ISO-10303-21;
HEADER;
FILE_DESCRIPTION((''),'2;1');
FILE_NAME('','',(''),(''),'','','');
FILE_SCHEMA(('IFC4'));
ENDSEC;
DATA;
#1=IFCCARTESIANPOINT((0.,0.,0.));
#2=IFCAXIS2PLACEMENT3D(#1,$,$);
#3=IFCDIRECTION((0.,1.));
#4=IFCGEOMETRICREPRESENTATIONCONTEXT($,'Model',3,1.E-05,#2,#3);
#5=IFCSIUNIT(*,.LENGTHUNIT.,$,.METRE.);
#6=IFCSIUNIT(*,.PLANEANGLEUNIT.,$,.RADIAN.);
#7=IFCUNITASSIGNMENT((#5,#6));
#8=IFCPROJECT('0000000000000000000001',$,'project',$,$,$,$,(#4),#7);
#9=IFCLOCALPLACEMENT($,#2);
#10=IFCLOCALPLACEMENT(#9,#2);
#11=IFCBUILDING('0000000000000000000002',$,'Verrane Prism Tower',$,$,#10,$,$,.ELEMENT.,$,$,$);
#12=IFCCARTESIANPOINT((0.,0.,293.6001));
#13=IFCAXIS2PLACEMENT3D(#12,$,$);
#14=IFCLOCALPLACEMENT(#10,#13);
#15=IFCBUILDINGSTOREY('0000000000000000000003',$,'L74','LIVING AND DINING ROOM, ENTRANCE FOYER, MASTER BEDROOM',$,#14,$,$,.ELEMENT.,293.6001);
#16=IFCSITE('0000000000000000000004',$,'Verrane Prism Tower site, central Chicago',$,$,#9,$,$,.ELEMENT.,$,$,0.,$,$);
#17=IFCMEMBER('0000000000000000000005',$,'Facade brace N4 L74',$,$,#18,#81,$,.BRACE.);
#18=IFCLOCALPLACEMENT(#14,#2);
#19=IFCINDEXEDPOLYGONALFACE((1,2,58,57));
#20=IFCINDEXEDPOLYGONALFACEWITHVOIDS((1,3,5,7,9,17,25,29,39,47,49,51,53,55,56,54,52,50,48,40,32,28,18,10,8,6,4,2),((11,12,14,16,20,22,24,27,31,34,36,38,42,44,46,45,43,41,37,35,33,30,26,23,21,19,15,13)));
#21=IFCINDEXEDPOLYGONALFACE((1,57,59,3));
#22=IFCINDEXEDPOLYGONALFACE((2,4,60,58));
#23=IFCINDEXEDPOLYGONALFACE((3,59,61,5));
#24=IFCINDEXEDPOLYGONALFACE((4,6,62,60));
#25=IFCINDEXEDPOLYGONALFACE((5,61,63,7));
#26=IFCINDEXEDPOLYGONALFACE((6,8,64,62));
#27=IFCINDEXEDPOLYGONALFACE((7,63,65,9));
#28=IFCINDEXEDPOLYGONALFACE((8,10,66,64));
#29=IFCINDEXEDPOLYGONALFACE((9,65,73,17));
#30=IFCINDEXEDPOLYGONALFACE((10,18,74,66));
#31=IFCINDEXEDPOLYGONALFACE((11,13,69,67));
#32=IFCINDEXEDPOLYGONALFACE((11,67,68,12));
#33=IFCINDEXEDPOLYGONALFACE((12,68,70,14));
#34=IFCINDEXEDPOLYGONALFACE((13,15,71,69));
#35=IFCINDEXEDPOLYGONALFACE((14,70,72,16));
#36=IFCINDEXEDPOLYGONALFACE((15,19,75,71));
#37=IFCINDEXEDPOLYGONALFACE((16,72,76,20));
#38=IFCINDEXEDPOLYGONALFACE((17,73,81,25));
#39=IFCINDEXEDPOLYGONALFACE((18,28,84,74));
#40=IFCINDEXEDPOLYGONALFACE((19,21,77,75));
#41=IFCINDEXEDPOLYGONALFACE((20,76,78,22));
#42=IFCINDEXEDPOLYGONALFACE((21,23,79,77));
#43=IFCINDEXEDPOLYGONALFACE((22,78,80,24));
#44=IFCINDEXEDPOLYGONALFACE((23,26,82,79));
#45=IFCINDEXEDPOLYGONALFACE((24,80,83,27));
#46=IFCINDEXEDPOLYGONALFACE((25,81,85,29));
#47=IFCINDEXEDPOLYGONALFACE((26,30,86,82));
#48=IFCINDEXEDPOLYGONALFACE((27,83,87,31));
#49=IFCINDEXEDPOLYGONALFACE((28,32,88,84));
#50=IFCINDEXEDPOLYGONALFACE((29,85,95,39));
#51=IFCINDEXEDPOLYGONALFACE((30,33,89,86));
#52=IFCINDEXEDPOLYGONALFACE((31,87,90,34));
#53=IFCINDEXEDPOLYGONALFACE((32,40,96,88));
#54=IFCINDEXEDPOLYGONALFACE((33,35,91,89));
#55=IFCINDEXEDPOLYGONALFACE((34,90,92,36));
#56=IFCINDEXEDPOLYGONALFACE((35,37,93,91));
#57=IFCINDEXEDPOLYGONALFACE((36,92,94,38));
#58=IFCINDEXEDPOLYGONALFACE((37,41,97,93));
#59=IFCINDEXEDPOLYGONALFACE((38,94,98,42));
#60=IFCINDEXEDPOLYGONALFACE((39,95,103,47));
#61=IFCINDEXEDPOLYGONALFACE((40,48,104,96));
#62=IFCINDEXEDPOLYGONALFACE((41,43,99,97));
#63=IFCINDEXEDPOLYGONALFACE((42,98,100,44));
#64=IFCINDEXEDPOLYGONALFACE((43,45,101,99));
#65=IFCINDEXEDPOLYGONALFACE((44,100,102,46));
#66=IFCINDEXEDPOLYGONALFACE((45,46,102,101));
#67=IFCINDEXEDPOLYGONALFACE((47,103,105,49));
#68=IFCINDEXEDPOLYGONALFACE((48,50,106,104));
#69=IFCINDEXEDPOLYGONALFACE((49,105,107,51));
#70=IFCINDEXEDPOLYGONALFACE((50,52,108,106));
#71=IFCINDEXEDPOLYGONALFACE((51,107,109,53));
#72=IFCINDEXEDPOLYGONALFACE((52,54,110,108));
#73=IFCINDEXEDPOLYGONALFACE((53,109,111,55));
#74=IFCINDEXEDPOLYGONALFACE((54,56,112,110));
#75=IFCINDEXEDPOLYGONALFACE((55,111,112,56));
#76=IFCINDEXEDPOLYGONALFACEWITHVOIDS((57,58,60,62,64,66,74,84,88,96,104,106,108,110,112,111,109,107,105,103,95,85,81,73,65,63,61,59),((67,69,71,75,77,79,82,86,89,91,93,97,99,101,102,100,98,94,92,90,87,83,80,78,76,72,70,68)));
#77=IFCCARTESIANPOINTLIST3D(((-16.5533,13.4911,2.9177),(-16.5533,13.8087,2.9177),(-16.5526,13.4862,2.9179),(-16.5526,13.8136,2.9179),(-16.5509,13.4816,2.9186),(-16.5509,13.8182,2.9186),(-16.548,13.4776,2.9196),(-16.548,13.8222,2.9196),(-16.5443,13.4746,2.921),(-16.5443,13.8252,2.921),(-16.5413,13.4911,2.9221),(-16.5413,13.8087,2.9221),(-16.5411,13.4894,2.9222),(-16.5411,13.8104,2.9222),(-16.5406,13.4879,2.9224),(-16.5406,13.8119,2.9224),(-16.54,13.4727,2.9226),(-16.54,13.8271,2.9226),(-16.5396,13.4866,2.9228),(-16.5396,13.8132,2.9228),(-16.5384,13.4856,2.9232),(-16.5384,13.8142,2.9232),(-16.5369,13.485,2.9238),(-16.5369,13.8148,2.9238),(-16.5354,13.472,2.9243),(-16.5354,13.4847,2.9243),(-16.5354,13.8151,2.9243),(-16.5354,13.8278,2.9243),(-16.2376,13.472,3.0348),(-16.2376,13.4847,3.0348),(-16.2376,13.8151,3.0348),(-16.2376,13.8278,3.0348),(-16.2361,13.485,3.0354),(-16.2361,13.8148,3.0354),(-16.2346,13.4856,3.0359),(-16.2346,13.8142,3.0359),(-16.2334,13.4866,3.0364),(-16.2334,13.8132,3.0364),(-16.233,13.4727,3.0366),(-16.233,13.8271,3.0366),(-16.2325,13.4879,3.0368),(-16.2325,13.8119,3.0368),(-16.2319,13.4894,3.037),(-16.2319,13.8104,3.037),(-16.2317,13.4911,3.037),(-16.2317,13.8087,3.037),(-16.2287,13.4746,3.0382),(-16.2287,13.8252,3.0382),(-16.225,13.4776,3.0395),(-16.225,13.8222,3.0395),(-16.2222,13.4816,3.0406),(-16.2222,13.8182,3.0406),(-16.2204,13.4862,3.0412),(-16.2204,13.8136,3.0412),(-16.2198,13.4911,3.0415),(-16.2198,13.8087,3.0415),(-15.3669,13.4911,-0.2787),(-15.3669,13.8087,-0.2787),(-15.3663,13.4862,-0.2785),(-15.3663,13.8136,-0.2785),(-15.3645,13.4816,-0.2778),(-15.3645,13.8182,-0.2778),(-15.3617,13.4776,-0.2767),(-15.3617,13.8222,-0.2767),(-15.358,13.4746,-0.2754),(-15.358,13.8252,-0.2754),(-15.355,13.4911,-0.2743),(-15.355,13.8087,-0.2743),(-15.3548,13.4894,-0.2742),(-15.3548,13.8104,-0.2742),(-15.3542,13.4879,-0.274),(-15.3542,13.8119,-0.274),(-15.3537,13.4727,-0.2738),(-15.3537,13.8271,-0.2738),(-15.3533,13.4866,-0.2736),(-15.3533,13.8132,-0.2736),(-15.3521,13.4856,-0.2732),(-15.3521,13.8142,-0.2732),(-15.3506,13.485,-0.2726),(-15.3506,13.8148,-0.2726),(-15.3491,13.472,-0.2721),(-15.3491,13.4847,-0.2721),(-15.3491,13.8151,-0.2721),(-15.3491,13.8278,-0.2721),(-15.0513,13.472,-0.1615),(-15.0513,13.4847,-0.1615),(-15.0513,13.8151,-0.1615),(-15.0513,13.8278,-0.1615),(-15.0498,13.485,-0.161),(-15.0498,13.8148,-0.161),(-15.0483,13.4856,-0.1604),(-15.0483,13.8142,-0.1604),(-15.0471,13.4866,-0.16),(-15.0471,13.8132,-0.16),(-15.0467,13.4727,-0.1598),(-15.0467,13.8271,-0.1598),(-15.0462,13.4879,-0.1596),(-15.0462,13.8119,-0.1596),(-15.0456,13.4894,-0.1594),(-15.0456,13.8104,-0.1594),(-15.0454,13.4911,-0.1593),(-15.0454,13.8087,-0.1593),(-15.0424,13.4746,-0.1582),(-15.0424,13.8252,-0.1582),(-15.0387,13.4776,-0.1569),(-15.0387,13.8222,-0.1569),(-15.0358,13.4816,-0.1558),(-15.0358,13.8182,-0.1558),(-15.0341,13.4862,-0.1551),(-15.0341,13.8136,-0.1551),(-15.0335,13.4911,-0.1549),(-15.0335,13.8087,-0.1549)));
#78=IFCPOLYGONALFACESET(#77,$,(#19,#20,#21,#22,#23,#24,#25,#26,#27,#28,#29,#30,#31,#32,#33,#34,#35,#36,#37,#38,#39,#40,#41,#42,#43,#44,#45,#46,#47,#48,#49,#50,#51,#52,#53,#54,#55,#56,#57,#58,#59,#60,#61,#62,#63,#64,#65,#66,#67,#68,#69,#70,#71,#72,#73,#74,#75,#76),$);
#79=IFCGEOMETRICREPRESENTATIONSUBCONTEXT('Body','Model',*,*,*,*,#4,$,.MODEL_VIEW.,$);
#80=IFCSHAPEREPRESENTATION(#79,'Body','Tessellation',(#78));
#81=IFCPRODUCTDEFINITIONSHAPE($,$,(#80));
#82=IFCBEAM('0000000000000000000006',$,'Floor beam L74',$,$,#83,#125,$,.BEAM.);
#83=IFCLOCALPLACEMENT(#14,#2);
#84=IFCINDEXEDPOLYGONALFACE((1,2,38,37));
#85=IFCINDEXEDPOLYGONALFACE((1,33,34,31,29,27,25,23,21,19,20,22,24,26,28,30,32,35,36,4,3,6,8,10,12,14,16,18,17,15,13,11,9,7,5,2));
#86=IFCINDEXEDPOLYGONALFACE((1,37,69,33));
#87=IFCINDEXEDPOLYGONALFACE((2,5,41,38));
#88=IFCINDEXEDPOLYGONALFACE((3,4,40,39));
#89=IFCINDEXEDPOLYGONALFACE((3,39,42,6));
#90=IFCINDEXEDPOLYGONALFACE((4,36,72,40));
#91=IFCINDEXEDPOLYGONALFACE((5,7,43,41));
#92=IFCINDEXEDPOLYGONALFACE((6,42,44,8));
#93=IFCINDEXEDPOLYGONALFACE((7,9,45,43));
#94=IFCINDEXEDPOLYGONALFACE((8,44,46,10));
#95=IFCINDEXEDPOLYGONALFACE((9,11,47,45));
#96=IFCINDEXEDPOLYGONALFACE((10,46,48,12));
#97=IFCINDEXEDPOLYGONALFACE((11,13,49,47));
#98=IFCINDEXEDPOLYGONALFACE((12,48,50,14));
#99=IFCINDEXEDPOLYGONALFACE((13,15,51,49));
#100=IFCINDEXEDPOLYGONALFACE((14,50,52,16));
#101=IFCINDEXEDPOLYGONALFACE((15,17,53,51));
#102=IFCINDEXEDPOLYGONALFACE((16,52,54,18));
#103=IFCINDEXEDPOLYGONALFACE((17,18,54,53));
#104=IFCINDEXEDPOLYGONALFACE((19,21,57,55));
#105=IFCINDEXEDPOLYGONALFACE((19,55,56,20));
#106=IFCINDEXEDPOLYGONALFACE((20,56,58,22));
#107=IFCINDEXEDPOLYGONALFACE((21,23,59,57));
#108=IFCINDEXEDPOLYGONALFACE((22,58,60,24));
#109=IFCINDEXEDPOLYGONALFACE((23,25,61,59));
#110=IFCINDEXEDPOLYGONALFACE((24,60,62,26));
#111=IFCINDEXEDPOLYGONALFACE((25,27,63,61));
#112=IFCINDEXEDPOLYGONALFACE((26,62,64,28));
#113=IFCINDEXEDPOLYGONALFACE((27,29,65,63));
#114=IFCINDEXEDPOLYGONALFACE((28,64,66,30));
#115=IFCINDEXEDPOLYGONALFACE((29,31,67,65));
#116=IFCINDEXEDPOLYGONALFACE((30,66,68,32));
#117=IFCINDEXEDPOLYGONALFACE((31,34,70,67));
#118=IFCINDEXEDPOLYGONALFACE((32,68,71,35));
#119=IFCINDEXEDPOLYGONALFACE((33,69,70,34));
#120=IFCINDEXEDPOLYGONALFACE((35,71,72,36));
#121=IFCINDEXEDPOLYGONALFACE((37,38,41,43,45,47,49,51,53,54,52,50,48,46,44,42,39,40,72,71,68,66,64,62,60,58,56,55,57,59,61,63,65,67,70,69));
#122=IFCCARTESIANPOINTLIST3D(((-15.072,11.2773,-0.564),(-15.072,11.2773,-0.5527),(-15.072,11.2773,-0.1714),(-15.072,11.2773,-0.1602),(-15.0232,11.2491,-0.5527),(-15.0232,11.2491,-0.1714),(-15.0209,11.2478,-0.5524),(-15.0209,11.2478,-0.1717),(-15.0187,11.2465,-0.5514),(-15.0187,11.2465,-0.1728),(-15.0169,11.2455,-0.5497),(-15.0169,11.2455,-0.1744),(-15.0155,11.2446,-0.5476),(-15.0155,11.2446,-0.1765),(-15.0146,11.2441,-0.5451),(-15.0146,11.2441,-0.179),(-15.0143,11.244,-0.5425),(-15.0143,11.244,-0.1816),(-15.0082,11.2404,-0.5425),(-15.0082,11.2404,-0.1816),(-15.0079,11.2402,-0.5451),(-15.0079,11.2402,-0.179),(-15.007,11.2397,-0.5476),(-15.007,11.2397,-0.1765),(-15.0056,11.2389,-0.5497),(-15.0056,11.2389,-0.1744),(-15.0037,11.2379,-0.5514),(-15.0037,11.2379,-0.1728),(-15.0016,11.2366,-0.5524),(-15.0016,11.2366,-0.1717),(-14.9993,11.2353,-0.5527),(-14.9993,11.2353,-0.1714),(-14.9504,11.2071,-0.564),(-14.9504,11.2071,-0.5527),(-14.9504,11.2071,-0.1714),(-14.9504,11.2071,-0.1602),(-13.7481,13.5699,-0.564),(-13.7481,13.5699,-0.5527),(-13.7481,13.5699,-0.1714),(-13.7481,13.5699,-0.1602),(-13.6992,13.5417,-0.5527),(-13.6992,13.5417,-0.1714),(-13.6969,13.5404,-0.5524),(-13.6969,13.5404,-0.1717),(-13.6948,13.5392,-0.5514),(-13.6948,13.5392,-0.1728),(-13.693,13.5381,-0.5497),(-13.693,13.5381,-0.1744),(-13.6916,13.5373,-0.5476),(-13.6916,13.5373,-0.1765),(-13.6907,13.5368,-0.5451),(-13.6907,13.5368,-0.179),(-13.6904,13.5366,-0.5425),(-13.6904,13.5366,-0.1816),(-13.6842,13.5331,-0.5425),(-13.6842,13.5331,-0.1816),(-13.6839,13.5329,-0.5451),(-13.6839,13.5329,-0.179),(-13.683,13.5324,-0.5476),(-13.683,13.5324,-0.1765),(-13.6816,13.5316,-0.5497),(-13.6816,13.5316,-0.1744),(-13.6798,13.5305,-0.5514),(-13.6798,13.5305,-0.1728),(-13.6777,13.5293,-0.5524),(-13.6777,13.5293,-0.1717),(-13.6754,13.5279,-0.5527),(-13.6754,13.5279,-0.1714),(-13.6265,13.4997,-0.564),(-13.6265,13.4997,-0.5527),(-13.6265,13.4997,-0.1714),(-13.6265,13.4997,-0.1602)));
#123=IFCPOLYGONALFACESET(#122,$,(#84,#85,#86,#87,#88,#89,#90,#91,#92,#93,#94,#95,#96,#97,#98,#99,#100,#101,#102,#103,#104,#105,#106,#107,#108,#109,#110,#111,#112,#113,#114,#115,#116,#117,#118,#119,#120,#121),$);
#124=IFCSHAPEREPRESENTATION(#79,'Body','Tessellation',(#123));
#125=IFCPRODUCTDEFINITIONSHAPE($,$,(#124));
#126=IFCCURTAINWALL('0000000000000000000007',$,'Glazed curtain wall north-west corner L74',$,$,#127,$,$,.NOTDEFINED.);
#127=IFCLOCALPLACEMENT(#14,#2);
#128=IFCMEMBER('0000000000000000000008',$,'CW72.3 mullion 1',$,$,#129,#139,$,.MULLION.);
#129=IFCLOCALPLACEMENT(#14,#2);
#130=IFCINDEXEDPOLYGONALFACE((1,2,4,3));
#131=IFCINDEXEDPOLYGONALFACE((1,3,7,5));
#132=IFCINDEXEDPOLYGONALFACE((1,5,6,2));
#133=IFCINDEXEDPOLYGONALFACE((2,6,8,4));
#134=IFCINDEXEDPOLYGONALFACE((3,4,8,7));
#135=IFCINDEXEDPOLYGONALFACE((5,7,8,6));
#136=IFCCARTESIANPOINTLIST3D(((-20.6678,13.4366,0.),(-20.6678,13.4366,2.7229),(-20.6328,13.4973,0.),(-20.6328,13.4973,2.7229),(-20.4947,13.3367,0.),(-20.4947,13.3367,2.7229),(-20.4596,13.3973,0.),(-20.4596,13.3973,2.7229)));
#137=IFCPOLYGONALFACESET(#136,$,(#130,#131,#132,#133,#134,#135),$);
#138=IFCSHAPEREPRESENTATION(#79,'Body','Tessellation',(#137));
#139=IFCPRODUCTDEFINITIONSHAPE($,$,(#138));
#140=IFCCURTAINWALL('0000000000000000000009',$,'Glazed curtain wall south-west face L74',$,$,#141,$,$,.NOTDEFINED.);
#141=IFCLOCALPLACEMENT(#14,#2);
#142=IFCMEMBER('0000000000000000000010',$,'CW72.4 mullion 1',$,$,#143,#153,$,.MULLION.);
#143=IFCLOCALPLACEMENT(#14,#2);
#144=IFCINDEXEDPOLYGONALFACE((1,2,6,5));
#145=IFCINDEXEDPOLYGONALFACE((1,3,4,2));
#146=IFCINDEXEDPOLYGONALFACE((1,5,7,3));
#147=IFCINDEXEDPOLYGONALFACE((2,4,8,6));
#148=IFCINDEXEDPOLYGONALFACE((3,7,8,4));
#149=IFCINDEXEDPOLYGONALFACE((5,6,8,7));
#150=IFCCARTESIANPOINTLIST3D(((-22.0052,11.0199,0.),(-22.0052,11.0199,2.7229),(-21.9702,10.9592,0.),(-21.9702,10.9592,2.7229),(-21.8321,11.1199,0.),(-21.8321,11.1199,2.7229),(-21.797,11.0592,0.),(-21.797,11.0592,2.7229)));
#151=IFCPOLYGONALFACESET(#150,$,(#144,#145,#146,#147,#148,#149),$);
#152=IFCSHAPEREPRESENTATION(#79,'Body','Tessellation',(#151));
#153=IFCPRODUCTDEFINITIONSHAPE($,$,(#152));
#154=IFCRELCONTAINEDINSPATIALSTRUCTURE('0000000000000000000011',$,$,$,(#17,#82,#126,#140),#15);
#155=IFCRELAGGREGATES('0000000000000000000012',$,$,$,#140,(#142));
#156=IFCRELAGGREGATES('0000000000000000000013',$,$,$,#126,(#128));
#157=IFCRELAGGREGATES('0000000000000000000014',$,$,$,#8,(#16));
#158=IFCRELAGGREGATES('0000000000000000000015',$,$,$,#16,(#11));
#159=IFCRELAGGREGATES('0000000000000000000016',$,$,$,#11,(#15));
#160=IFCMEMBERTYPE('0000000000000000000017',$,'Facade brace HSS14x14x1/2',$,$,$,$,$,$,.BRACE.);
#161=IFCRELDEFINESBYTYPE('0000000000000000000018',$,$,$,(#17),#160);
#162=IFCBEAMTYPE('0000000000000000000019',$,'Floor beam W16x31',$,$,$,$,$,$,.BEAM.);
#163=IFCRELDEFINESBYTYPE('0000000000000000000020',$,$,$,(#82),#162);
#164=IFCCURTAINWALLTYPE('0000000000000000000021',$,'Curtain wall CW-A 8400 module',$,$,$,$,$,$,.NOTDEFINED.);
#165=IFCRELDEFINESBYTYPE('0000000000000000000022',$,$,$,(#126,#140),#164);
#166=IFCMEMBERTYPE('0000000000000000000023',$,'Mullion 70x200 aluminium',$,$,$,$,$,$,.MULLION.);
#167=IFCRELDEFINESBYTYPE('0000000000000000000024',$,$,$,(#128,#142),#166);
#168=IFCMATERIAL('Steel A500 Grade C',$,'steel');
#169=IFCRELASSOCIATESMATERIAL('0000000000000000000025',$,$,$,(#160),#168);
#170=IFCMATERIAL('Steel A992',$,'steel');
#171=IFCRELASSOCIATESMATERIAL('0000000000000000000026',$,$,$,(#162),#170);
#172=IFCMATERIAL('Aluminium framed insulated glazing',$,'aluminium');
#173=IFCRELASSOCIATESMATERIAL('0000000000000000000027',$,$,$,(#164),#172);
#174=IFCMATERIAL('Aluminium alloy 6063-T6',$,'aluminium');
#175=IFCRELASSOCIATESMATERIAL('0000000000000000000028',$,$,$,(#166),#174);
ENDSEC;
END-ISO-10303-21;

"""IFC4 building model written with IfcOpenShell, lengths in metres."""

from ifc_helpers import new_model, si_unit, direction, frame, origin, origin_2d, place, context, subcontext, project, spatial, rectangle, hollow_rectangle, i_section, extrude, material, material_profile, profile_set, type_object, element, aggregate, save


model = new_model("IFC4")

# Units and contexts
model_context = context("Model", 3, precision=1e-05, world=origin(), true_north=direction((0.0, 1.0)))
body_context = subcontext(model_context, "Body", "Model", "MODEL_VIEW")
ifc_project = project(units=[si_unit("LENGTHUNIT", "METRE"), si_unit("PLANEANGLEUNIT", "RADIAN")], contexts=[model_context])

# Site, building, storey
site_placement = place(None, origin())
site = spatial("IfcSite", under=ifc_project, at=site_placement, Name="Verrane Prism Tower site, central Chicago", CompositionType="ELEMENT", RefElevation=0.0)
building_placement = place(site_placement, origin())
building = spatial("IfcBuilding", under=site, at=building_placement, Name="Verrane Prism Tower", CompositionType="ELEMENT")
storey_placement = place(building_placement, frame((0.0, 0.0, 293.6001)))
storey = spatial("IfcBuildingStorey", under=building, at=storey_placement, Name="L74", Description="LIVING AND DINING ROOM, ENTRANCE FOYER, MASTER BEDROOM", CompositionType="ELEMENT", Elevation=293.6001)

# Member
ifc_material_1 = material(Name="Steel A500 Grade C", Category="steel")
ifc_material_profile_1 = material_profile(ifc_material_1, hollow_rectangle(XDim=0.3557, YDim=0.3557, WallThickness=0.0127, InnerFilletRadius=0.0063, OuterFilletRadius=0.019, at=origin_2d()), Name="HSS14x14x1/2")
ifc_profile_set_1 = profile_set([ifc_material_profile_1], Name="Steel A500 Grade C")
member_type_1 = type_object("IfcMemberType", Name="Facade brace HSS14x14x1/2", PredefinedType="BRACE", material=ifc_profile_set_1)
member_1_placement = place(storey_placement, frame((-15.2002, 13.6499, -0.2168), z_axis=(-0.347951, 0.0, 0.937513), x_axis=(0.0, -1.0, 0.0)))
element("IfcMember", 1, at=member_1_placement, inside=storey, type_object=member_type_1, Name="Facade brace N4 L74", PredefinedType="BRACE", context=body_context, shape_type="SweptSolid", body=[
    extrude(hollow_rectangle(XDim=0.3557, YDim=0.3557, WallThickness=0.0127, InnerFilletRadius=0.0063, OuterFilletRadius=0.019, at=origin_2d()), origin(), (0.0, 0.0, 1.0), 3.4094),
])

# Beam
ifc_material_2 = material(Name="Steel A992", Category="steel")
ifc_material_profile_2 = material_profile(ifc_material_2, i_section(OverallWidth=0.1404, OverallDepth=0.4038, WebThickness=0.0071, FlangeThickness=0.0112, FilletRadius=0.0103, at=origin_2d()), Name="W16x31")
ifc_profile_set_2 = profile_set([ifc_material_profile_2], Name="Steel A992")
beam_type_1 = type_object("IfcBeamType", Name="Floor beam W16x31", PredefinedType="BEAM", material=ifc_profile_set_2)
beam_1_placement = place(storey_placement, frame((-15.0112, 11.2422, -0.3621), z_axis=(0.500076, 0.865981, 0.0), x_axis=(-0.865981, 0.500076, 0.0)))
element("IfcBeam", 2, at=beam_1_placement, inside=storey, type_object=beam_type_1, Name="Floor beam L74", PredefinedType="BEAM", context=body_context, shape_type="SweptSolid", body=[
    extrude(i_section(OverallWidth=0.1404, OverallDepth=0.4038, WebThickness=0.0071, FlangeThickness=0.0112, FilletRadius=0.0103, at=origin_2d()), origin(), (0.0, 0.0, 1.0), 2.6475),
])

# Curtain walls, members
ifc_material_3 = material(Name="Aluminium framed insulated glazing", Category="aluminium")
curtain_wall_type = type_object("IfcCurtainWallType", Name="Curtain wall CW-A 8400 module", PredefinedType="NOTDEFINED", material=ifc_material_3)
curtain_wall_1_placement = place(storey_placement, origin())
curtain_wall_1 = element("IfcCurtainWall", 3, at=curtain_wall_1_placement, inside=storey, type_object=curtain_wall_type, Name="Glazed curtain wall north-west corner L74", PredefinedType="NOTDEFINED")
ifc_material_4 = material(Name="Aluminium alloy 6063-T6", Category="aluminium")
ifc_material_profile_3 = material_profile(ifc_material_4, rectangle(XDim=0.2, YDim=0.0701, at=origin_2d()), Name="Mullion 70x200 aluminium")
ifc_profile_set_3 = profile_set([ifc_material_profile_3], Name="Aluminium alloy 6063-T6")
member_type_2 = type_object("IfcMemberType", Name="Mullion 70x200 aluminium", PredefinedType="MULLION", material=ifc_profile_set_3)
member_2_placement = place(storey_placement, frame((-20.5637, 13.417, 0.0), z_axis=(0.0, 0.0, 1.0), x_axis=(0.866024, -0.500002, 0.0)))
member_2 = element("IfcMember", 4, at=member_2_placement, type_object=member_type_2, Name="CW72.3 mullion 1", PredefinedType="MULLION", context=body_context, shape_type="SweptSolid", body=[
    extrude(rectangle(XDim=0.2, YDim=0.0701, at=origin_2d()), origin(), (0.0, 0.0, 1.0), 2.7229),
])
curtain_wall_2_placement = place(storey_placement, origin())
curtain_wall_2 = element("IfcCurtainWall", 5, at=curtain_wall_2_placement, inside=storey, type_object=curtain_wall_type, Name="Glazed curtain wall south-west face L74", PredefinedType="NOTDEFINED")
member_3_placement = place(storey_placement, frame((-21.9011, 11.0396, 0.0), z_axis=(0.0, 0.0, 1.0), x_axis=(0.866025, 0.500001, 0.0)))
member_3 = element("IfcMember", 6, at=member_3_placement, type_object=member_type_2, Name="CW72.4 mullion 1", PredefinedType="MULLION", context=body_context, shape_type="SweptSolid", body=[
    extrude(rectangle(XDim=0.2, YDim=0.0701, at=origin_2d()), origin(), (0.0, 0.0, 1.0), 2.7229),
])

aggregate(curtain_wall_2, [member_3])

aggregate(curtain_wall_1, [member_2])

save(model, "model.ifc")
